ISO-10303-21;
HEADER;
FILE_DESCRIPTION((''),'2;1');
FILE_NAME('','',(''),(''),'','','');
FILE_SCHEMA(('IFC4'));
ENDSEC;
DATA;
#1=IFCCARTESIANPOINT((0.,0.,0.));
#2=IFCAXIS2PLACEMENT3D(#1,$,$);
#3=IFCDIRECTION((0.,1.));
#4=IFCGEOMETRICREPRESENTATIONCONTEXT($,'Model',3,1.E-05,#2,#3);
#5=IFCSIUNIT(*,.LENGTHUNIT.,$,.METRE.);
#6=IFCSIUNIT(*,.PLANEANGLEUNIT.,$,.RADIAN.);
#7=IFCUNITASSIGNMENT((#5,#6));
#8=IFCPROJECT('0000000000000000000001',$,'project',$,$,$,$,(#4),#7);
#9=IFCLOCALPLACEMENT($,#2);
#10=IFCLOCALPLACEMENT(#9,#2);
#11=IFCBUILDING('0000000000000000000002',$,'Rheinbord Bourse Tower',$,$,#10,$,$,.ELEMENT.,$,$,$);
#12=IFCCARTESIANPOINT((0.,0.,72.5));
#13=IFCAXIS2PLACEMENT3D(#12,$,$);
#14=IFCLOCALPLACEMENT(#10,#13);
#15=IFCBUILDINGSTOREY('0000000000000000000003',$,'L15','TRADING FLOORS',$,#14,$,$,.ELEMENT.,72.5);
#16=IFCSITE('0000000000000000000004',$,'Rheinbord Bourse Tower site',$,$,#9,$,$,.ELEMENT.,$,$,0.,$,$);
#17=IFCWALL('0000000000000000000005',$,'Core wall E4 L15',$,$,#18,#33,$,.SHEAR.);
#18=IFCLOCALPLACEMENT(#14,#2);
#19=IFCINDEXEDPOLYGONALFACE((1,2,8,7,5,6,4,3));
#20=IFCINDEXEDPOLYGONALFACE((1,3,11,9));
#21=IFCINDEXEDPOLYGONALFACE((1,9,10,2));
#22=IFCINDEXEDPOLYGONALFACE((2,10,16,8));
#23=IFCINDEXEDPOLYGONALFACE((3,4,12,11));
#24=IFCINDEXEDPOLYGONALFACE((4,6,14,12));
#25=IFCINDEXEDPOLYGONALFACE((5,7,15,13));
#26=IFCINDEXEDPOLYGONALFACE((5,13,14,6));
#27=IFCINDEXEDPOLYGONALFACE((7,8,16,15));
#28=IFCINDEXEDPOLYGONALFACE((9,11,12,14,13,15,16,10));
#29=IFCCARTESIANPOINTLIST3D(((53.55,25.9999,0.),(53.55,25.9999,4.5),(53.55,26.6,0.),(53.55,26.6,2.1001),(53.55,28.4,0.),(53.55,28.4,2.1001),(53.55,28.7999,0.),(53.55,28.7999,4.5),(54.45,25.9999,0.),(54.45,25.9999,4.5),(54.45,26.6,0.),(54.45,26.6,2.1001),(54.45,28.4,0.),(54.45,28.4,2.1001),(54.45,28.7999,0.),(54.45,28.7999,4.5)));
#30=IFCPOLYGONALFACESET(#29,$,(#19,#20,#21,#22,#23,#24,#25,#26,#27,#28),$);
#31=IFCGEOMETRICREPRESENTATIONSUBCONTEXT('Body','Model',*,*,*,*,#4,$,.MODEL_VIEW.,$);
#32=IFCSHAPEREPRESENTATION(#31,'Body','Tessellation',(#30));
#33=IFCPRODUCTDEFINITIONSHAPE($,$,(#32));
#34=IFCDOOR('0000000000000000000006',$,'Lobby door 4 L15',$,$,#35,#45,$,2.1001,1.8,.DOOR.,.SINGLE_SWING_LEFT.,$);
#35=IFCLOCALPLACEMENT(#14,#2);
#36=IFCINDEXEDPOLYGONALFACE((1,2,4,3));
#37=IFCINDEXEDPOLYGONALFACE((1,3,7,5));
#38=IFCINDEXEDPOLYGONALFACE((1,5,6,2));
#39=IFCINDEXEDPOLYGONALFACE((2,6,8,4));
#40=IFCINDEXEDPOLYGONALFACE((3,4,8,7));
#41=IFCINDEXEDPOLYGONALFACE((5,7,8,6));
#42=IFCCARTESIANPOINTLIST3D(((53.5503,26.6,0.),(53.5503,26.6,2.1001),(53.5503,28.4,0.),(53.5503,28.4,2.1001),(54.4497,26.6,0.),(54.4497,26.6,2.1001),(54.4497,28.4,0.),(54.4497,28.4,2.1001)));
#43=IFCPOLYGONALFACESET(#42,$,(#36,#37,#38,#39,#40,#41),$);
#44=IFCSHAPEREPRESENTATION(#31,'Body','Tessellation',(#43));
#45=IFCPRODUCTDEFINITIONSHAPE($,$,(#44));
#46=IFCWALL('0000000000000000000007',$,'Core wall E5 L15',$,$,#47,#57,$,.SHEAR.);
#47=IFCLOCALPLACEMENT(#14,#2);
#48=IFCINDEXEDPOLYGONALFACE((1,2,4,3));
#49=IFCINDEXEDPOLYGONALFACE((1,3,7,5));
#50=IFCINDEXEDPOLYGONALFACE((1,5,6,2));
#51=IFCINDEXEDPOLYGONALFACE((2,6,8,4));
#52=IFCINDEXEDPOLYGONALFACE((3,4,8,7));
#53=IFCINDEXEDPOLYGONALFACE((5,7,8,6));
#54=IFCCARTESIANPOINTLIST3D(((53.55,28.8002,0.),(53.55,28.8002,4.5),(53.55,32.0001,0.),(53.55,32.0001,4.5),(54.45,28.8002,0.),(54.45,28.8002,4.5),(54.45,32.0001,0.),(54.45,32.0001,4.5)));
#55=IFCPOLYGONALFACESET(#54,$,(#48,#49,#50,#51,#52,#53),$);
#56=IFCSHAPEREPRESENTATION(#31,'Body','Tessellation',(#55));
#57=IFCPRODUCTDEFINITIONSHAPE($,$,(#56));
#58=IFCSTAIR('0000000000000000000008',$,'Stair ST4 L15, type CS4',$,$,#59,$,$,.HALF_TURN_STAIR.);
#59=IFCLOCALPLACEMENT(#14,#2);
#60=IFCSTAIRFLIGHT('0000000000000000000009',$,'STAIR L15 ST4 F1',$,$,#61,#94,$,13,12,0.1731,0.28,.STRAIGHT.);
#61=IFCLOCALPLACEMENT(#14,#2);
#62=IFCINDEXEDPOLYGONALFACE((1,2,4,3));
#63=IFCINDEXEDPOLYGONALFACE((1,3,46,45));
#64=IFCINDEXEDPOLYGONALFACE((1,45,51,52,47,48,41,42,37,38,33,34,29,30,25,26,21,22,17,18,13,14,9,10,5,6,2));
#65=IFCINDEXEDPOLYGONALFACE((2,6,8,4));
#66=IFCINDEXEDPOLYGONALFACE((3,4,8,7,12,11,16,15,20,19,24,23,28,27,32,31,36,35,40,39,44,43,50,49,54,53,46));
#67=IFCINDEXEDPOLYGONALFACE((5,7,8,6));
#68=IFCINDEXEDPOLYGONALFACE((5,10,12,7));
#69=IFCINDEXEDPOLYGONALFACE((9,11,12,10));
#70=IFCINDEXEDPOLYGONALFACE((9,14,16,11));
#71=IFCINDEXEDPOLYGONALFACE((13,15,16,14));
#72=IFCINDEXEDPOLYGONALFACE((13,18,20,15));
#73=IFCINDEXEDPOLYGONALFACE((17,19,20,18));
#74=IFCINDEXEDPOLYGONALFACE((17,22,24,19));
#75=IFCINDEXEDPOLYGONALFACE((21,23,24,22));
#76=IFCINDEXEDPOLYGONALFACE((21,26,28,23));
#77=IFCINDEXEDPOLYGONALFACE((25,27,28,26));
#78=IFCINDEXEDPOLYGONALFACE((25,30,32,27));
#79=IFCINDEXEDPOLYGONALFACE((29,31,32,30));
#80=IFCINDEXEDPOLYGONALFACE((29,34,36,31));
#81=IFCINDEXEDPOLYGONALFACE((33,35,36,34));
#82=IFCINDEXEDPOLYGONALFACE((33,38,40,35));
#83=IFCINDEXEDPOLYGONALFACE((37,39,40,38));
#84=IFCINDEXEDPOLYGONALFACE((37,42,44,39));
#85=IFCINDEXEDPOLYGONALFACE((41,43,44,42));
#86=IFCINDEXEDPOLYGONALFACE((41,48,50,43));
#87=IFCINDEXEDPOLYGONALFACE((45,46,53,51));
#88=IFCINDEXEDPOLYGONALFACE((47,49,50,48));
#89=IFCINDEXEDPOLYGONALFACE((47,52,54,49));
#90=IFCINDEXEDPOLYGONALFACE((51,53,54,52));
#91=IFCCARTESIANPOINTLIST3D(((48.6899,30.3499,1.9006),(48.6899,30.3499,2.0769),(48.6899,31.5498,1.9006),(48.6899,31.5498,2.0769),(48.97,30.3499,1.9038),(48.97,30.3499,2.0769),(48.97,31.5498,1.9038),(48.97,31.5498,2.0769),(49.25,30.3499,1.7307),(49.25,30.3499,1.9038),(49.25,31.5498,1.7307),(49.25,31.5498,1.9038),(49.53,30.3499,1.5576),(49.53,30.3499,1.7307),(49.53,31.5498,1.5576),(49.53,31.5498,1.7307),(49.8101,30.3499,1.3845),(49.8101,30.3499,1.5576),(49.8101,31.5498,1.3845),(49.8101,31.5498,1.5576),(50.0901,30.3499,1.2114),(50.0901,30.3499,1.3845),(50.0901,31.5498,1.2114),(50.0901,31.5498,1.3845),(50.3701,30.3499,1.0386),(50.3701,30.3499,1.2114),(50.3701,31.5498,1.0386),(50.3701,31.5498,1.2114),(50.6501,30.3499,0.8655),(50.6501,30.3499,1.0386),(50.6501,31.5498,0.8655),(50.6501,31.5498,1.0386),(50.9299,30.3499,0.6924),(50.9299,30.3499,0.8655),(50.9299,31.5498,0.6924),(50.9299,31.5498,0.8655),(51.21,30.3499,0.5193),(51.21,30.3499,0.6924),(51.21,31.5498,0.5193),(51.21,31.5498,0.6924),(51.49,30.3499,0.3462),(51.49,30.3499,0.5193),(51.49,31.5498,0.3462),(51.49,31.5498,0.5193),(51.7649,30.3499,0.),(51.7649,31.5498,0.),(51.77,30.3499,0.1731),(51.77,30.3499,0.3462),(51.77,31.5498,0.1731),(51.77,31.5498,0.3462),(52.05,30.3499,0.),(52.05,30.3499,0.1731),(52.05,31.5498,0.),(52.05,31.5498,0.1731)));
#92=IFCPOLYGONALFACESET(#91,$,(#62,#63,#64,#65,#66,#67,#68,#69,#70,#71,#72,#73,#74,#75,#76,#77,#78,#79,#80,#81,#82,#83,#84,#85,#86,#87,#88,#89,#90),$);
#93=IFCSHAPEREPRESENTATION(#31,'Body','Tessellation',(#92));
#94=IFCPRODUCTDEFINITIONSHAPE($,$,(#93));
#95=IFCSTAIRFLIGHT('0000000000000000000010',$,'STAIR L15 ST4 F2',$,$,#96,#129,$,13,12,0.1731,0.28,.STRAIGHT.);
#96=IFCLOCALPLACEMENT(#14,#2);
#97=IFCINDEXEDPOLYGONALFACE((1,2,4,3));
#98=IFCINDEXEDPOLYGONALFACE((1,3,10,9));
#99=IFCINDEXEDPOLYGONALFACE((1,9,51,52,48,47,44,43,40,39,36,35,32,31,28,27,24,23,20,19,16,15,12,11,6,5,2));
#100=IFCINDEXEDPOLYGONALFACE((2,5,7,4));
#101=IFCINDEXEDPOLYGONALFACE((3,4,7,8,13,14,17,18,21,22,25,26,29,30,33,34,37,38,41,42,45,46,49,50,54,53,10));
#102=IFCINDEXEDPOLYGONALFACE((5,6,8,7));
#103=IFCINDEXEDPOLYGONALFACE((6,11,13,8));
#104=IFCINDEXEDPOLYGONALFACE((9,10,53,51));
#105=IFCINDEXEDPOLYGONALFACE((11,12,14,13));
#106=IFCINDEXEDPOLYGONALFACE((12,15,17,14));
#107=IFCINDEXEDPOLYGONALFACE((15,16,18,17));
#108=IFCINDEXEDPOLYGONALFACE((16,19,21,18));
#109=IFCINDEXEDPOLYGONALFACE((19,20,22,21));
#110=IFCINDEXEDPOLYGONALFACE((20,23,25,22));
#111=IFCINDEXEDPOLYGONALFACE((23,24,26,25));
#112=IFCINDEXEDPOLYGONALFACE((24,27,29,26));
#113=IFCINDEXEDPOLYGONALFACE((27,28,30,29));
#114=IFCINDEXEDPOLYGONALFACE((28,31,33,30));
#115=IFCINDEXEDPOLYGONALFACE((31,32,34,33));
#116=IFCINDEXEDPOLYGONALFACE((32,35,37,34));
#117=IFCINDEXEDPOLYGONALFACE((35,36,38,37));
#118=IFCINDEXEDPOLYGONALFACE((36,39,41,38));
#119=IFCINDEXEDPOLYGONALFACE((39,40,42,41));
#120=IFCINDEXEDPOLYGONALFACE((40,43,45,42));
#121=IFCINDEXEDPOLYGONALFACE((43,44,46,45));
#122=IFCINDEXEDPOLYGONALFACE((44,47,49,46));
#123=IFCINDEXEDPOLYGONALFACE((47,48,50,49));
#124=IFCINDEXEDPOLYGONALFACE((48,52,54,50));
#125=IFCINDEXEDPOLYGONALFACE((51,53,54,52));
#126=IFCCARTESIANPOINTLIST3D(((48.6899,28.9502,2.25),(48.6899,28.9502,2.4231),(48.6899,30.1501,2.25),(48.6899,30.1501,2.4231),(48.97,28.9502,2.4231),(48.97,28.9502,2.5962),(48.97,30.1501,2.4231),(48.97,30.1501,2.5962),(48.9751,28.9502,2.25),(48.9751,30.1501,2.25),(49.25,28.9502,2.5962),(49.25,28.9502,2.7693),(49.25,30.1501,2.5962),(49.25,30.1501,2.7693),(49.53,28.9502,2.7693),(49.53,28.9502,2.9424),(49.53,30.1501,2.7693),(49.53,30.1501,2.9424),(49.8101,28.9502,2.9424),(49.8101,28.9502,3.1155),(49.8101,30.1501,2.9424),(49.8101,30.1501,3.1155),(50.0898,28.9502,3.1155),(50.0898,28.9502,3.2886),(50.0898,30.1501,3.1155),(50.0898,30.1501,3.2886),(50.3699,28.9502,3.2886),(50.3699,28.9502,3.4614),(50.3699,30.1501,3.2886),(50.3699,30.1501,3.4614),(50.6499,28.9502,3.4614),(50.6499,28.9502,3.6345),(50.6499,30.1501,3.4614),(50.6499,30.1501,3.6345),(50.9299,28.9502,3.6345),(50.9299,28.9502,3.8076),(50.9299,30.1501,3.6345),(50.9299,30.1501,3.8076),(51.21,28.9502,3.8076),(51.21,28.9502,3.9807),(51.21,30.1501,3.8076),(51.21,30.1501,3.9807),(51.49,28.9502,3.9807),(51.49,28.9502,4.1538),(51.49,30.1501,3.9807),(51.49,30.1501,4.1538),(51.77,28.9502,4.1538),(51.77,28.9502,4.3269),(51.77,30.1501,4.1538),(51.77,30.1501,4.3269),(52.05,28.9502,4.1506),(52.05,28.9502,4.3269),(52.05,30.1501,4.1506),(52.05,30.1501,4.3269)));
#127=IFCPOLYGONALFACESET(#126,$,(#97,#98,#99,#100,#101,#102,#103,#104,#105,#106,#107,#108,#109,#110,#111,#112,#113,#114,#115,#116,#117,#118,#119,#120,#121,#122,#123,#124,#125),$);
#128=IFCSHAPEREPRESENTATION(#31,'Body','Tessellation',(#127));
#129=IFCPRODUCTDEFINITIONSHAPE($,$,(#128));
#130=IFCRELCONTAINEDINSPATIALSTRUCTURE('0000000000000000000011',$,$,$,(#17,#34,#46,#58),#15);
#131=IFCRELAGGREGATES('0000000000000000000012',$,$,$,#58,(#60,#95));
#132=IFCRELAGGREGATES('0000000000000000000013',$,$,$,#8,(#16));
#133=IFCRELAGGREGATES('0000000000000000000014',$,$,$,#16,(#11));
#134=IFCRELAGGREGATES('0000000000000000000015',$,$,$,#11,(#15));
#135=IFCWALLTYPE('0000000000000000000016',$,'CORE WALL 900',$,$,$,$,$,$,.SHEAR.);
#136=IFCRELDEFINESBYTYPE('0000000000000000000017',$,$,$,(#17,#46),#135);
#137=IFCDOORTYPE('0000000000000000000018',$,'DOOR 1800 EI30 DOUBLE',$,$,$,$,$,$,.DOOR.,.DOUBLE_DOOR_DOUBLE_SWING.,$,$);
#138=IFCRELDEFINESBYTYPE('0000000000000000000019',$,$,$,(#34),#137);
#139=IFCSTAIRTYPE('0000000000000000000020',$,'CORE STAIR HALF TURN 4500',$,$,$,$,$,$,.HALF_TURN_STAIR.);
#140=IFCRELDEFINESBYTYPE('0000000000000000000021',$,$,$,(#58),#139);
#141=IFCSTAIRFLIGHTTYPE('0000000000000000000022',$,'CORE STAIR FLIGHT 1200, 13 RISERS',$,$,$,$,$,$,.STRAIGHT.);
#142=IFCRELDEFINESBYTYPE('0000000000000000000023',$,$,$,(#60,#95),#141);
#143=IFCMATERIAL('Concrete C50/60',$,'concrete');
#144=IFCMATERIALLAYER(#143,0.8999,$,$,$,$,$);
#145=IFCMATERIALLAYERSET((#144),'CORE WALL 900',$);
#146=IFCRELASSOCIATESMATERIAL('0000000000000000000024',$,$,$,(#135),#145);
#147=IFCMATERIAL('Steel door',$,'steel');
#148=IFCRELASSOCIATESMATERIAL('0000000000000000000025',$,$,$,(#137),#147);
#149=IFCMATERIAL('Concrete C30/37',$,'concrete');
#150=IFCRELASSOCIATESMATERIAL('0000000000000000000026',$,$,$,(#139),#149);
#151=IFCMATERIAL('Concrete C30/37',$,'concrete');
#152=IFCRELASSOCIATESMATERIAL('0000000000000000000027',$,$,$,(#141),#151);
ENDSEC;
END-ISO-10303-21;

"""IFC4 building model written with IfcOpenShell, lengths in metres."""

from ifc_helpers import new_model, si_unit, direction, frame, frame_2d, origin, place, context, subcontext, project, spatial, polyline, rectangle, outline, extrude, material, layer, layer_set, type_object, element, fill, aggregate, save


model = new_model("IFC4")

# Units and contexts
model_context = context("Model", 3, precision=1e-05, world=origin(), true_north=direction((0.0, 1.0)))
body_context = subcontext(model_context, "Body", "Model", "MODEL_VIEW")
ifc_project = project(units=[si_unit("LENGTHUNIT", "METRE"), si_unit("PLANEANGLEUNIT", "RADIAN")], contexts=[model_context])

# Site, building, storey
site_placement = place(None, origin())
site = spatial("IfcSite", under=ifc_project, at=site_placement, Name="Rheinbord Bourse Tower site", CompositionType="ELEMENT", RefElevation=0.0)
building_placement = place(site_placement, origin())
building = spatial("IfcBuilding", under=site, at=building_placement, Name="Rheinbord Bourse Tower", CompositionType="ELEMENT")
storey_placement = place(building_placement, frame((0.0, 0.0, 72.5)))
storey = spatial("IfcBuildingStorey", under=building, at=storey_placement, Name="L15", Description="TRADING FLOORS", CompositionType="ELEMENT", Elevation=72.5)

# Shared definitions
ifc_material_1 = material(Name="Concrete C50/60", Category="concrete")
ifc_layer_1 = layer(ifc_material_1, 0.8999)
ifc_layer_set_1 = layer_set([ifc_layer_1], Name="CORE WALL 900")
wall_type_1 = type_object("IfcWallType", Name="CORE WALL 900", PredefinedType="SHEAR", material=ifc_layer_set_1)

# Wall, opening, door
wall_1_placement = place(storey_placement, frame((54.0, 26.0, 0.0), z_axis=(0.0, 0.0, 1.0), x_axis=(0.0, 1.0, 0.0)))
wall_1 = element("IfcWall", 1, at=wall_1_placement, inside=storey, type_object=wall_type_1, Name="Core wall E4 L15", PredefinedType="SHEAR", context=body_context, shape_type="SweptSolid", body=[
    extrude(rectangle(XDim=2.8, YDim=0.8999, at=frame_2d((1.3999, 0.0))), origin(), (0.0, 0.0, 1.0), 4.5),
])
opening_placement = place(wall_1_placement, frame((0.6001, 0.0, 0.0)))
opening = element("IfcOpeningElement", 2, at=opening_placement, cuts=wall_1, PredefinedType="OPENING", context=body_context, shape_type="SweptSolid", body=[
    extrude(rectangle(XDim=1.8, YDim=2.1001, at=frame_2d((0.8999, 1.05))), frame((0.0, 0.46, 0.0), z_axis=(0.0, -1.0, 0.0), x_axis=(1.0, 0.0, 0.0)), (0.0, 0.0, 1.0), 0.9199),
])
ifc_material_2 = material(Name="Steel door", Category="steel")
door_type = type_object("IfcDoorType", Name="DOOR 1800 EI30 DOUBLE", OperationType="DOUBLE_DOOR_DOUBLE_SWING", PredefinedType="DOOR", material=ifc_material_2)
door_placement = place(opening_placement, origin())
door = element("IfcDoor", 3, at=door_placement, inside=storey, type_object=door_type, Name="Lobby door 4 L15", OperationType="SINGLE_SWING_LEFT", OverallHeight=2.1001, OverallWidth=1.8, PredefinedType="DOOR", context=body_context, shape_type="SweptSolid", body=[
    extrude(rectangle(XDim=1.8, YDim=2.1001, at=frame_2d((0.8999, 1.05))), frame((0.0, 0.4497, 0.0), z_axis=(0.0, -1.0, 0.0), x_axis=(1.0, 0.0, 0.0)), (0.0, 0.0, 1.0), 0.8994),
])
fill(opening, door)

# Wall
wall_2_placement = place(storey_placement, frame((54.0, 28.8, 0.0), z_axis=(0.0, 0.0, 1.0), x_axis=(0.0, 1.0, 0.0)))
element("IfcWall", 4, at=wall_2_placement, inside=storey, type_object=wall_type_1, Name="Core wall E5 L15", PredefinedType="SHEAR", context=body_context, shape_type="SweptSolid", body=[
    extrude(rectangle(XDim=3.2, YDim=0.8999, at=frame_2d((1.6001, 0.0))), origin(), (0.0, 0.0, 1.0), 4.5),
])

# Stair, stair flights
ifc_material_3 = material(Name="Concrete C30/37", Category="concrete")
stair_type = type_object("IfcStairType", Name="CORE STAIR HALF TURN 4500", PredefinedType="HALF_TURN_STAIR", material=ifc_material_3)
stair_placement = place(storey_placement, origin())
stair = element("IfcStair", 5, at=stair_placement, inside=storey, type_object=stair_type, Name="Stair ST4 L15, type CS4", PredefinedType="HALF_TURN_STAIR")
ifc_material_4 = material(Name="Concrete C30/37", Category="concrete")
stair_flight_type = type_object("IfcStairFlightType", Name="CORE STAIR FLIGHT 1200, 13 RISERS", PredefinedType="STRAIGHT", material=ifc_material_4)
stair_flight_1_placement = place(storey_placement, frame((52.05, 30.95, 0.0), z_axis=(0.0, 0.0, 1.0), x_axis=(-1.0, 0.0, 0.0)))
stair_flight_1 = element("IfcStairFlight", 6, at=stair_flight_1_placement, type_object=stair_flight_type, Name="STAIR L15 ST4 F1", NumberOfRisers=13, NumberOfTreads=12, PredefinedType="STRAIGHT", RiserHeight=0.1731, TreadLength=0.28, context=body_context, shape_type="SweptSolid", body=[
    extrude(outline(polyline([(0.0, 0.0), (0.0, 0.1731), (0.28, 0.1731), (0.28, 0.3462), (0.5601, 0.3462), (0.5601, 0.5193), (0.8401, 0.5193), (0.8401, 0.6924), (1.1201, 0.6924), (1.1201, 0.8655), (1.3999, 0.8655), (1.3999, 1.0386), (1.6799, 1.0386), (1.6799, 1.2114), (1.96, 1.2114), (1.96, 1.3845), (2.24, 1.3845), (2.24, 1.5576), (2.52, 1.5576), (2.52, 1.7307), (2.8, 1.7307), (2.8, 1.9038), (3.0801, 1.9038), (3.0801, 2.0769), (3.3601, 2.0769), (3.3601, 2.25), (3.3601, 1.9006), (0.2852, 0.0), (0.0, 0.0)])), frame((0.0, 0.6001, 0.0), z_axis=(0.0, -1.0, 0.0), x_axis=(1.0, 0.0, 0.0)), (0.0, 0.0, 1.0), 1.2),
])
stair_flight_2_placement = place(storey_placement, frame((48.6899, 29.55, 2.25), z_axis=(0.0, 0.0, 1.0), x_axis=(1.0, 0.0, 0.0)))
stair_flight_2 = element("IfcStairFlight", 7, at=stair_flight_2_placement, type_object=stair_flight_type, Name="STAIR L15 ST4 F2", NumberOfRisers=13, NumberOfTreads=12, PredefinedType="STRAIGHT", RiserHeight=0.1731, TreadLength=0.28, context=body_context, shape_type="SweptSolid", body=[
    extrude(outline(polyline([(0.0, 0.0), (0.0, 0.1731), (0.28, 0.1731), (0.28, 0.3462), (0.5601, 0.3462), (0.5601, 0.5193), (0.8401, 0.5193), (0.8401, 0.6924), (1.1201, 0.6924), (1.1201, 0.8655), (1.3999, 0.8655), (1.3999, 1.0386), (1.6799, 1.0386), (1.6799, 1.2114), (1.96, 1.2114), (1.96, 1.3845), (2.24, 1.3845), (2.24, 1.5576), (2.52, 1.5576), (2.52, 1.7307), (2.8, 1.7307), (2.8, 1.9038), (3.0801, 1.9038), (3.0801, 2.0769), (3.3601, 2.0769), (3.3601, 2.25), (3.3601, 1.9006), (0.2852, 0.0), (0.0, 0.0)])), frame((0.0, 0.6001, 0.0), z_axis=(0.0, -1.0, 0.0), x_axis=(1.0, 0.0, 0.0)), (0.0, 0.0, 1.0), 1.2),
])
aggregate(stair, [stair_flight_1, stair_flight_2])

save(model, "model.ifc")
